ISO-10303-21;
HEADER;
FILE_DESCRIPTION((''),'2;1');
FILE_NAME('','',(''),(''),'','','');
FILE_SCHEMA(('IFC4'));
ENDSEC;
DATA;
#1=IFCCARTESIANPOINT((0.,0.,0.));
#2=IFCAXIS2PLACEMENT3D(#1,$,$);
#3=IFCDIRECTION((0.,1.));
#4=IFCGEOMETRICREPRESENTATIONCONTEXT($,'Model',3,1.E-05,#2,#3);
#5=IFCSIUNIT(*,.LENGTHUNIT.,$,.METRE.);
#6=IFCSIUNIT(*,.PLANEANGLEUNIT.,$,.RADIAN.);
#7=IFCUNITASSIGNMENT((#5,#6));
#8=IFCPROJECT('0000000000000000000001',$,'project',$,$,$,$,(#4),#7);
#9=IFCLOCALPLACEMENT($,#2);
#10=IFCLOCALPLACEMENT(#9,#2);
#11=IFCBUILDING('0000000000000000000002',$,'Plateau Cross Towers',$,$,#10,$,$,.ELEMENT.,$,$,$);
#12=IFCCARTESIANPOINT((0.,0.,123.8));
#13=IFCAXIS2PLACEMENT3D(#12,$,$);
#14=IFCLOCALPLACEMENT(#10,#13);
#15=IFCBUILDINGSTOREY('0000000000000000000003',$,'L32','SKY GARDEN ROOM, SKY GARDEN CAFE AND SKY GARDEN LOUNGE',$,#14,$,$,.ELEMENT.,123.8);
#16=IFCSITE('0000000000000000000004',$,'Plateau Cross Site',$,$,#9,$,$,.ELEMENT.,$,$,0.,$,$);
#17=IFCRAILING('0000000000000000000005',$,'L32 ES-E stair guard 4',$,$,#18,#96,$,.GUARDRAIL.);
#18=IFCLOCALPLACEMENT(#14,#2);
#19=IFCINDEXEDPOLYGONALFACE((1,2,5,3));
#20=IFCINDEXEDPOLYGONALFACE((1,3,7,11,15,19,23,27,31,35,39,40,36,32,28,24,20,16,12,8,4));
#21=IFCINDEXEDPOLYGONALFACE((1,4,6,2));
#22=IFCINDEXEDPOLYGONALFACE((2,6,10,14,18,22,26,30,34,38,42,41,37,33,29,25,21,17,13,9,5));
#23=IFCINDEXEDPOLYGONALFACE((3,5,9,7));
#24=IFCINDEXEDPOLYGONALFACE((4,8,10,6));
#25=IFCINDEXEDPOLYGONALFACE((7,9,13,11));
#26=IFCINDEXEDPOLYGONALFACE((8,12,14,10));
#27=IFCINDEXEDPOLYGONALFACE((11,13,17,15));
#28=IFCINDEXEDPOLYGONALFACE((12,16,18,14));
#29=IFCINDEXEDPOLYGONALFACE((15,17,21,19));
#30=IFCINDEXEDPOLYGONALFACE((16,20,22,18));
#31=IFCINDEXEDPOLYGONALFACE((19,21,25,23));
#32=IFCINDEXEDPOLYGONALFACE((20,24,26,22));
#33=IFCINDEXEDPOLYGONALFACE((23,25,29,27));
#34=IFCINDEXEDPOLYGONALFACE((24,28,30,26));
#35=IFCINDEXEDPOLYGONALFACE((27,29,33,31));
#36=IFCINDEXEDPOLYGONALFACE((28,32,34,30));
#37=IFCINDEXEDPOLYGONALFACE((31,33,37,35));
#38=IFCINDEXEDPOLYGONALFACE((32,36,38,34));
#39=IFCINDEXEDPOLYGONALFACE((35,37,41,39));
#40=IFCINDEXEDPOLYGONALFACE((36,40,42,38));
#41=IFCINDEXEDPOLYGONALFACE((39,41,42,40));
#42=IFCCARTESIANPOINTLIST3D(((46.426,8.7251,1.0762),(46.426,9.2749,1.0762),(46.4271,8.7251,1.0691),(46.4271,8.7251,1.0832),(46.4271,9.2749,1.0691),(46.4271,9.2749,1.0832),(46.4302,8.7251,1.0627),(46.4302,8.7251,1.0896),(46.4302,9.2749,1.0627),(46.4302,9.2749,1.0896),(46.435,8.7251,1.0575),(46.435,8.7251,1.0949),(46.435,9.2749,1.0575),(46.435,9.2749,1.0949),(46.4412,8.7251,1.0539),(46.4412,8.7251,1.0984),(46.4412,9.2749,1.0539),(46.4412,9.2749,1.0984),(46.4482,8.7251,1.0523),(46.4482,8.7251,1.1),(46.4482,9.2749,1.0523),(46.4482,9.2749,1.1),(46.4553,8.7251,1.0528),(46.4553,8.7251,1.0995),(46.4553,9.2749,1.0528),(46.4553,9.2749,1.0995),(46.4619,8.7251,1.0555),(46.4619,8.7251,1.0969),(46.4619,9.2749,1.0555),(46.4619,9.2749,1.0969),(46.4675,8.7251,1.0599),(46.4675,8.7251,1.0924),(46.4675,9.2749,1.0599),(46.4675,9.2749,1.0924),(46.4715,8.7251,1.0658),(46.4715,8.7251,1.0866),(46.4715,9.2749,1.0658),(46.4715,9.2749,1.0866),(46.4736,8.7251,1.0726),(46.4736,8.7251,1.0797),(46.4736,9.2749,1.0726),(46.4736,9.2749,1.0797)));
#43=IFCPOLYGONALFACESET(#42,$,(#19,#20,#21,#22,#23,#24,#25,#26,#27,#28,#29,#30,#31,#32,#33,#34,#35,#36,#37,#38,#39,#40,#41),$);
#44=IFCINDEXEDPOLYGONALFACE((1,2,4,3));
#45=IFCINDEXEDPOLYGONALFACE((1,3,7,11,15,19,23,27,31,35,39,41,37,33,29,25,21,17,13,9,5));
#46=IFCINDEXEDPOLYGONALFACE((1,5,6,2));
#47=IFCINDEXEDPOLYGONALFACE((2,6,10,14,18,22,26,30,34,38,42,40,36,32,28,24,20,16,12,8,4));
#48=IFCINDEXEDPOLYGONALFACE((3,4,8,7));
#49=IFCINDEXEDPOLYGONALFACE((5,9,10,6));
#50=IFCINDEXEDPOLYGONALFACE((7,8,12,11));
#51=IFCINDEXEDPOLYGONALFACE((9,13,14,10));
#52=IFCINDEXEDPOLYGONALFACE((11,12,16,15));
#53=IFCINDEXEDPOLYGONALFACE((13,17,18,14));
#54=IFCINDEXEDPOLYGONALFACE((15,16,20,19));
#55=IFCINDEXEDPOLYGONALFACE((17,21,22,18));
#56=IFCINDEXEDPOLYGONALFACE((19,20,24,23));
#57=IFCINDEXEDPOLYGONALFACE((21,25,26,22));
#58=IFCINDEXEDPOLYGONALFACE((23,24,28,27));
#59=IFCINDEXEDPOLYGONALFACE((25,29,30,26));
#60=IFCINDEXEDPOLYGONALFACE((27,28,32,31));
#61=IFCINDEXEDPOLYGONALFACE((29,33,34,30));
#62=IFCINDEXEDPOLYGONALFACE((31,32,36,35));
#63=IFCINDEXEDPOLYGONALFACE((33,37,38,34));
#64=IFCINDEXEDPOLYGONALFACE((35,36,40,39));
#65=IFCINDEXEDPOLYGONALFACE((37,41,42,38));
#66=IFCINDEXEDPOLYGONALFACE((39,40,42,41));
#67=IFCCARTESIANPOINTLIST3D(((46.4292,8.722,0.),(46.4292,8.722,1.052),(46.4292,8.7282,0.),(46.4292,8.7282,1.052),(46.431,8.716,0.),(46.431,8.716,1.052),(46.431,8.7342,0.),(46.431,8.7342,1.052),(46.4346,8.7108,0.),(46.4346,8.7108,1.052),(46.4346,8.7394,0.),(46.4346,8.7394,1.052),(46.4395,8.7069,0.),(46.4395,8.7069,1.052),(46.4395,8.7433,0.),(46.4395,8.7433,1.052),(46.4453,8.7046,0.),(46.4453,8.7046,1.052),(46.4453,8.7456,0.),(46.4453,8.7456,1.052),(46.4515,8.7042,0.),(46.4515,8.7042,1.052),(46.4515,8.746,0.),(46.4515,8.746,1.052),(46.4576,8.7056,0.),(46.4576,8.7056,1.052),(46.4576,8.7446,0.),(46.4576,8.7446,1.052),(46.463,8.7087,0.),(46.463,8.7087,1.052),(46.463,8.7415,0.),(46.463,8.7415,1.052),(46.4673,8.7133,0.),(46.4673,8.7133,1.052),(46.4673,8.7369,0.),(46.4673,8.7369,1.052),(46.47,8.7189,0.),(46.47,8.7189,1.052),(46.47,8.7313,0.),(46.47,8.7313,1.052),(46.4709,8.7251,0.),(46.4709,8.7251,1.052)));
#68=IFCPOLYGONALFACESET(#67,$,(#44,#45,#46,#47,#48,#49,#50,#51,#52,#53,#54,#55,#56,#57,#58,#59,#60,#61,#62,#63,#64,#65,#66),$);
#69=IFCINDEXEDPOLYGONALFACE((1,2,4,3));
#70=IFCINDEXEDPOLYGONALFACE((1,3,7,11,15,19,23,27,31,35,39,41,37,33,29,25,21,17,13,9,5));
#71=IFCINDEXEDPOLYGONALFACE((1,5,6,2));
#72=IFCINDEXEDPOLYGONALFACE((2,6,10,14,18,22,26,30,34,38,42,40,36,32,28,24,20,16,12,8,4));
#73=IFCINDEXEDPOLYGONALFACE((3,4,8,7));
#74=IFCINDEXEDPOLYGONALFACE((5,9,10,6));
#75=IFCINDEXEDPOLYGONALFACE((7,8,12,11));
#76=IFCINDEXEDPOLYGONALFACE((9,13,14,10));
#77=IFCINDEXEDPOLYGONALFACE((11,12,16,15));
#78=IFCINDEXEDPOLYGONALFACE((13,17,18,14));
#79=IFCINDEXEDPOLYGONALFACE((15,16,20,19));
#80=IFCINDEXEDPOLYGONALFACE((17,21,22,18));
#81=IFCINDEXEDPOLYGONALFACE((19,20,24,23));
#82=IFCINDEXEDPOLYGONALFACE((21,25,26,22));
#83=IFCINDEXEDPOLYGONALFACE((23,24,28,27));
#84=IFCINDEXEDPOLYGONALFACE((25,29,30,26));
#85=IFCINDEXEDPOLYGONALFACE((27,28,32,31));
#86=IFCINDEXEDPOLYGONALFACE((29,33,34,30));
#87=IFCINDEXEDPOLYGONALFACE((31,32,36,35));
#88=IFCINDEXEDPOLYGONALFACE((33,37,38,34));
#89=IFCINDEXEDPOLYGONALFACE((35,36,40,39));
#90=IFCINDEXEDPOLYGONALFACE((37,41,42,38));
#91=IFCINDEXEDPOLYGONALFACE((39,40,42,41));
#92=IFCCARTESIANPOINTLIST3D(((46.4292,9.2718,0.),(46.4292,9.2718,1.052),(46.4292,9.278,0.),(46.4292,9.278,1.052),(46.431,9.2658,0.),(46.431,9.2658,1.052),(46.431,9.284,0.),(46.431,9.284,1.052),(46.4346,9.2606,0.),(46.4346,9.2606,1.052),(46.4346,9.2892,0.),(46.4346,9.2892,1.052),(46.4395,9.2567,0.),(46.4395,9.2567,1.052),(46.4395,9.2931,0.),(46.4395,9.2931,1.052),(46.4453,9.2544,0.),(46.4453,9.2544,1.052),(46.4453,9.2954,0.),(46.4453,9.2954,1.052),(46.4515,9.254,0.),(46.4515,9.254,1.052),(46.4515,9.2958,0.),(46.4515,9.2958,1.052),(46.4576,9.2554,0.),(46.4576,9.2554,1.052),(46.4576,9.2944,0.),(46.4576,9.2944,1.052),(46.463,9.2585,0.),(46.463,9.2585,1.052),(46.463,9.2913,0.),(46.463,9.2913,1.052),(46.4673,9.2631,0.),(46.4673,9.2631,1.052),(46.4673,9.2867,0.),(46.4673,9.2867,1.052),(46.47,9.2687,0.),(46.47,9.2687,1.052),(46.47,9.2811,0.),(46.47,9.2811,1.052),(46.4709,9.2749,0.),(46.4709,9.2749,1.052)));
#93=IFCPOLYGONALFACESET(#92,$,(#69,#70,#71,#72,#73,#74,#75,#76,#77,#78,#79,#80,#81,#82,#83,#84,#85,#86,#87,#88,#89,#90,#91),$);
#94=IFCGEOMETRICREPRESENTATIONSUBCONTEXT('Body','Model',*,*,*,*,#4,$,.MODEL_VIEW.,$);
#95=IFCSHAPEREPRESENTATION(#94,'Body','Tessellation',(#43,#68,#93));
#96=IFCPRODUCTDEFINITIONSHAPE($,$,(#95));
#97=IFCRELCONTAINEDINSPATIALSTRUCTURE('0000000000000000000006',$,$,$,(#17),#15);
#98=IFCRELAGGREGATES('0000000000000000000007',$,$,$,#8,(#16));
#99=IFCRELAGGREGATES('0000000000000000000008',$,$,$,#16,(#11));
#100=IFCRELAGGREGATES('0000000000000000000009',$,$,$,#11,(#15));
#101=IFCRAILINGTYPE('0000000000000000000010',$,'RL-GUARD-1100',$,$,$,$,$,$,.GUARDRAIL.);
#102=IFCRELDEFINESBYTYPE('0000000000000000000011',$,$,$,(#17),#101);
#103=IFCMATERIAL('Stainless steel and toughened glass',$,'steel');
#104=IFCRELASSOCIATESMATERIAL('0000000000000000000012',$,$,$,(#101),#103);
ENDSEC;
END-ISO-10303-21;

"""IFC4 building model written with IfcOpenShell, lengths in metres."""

from ifc_helpers import new_model, si_unit, direction, frame, origin, origin_2d, place, context, subcontext, project, spatial, circle, extrude, material, type_object, element, save


model = new_model("IFC4")

# Units and contexts
model_context = context("Model", 3, precision=1e-05, world=origin(), true_north=direction((0.0, 1.0)))
body_context = subcontext(model_context, "Body", "Model", "MODEL_VIEW")
ifc_project = project(units=[si_unit("LENGTHUNIT", "METRE"), si_unit("PLANEANGLEUNIT", "RADIAN")], contexts=[model_context])

# Site, building, storey
site_placement = place(None, origin())
site = spatial("IfcSite", under=ifc_project, at=site_placement, Name="Plateau Cross Site", CompositionType="ELEMENT", RefElevation=0.0)
building_placement = place(site_placement, origin())
building = spatial("IfcBuilding", under=site, at=building_placement, Name="Plateau Cross Towers", CompositionType="ELEMENT")
storey_placement = place(building_placement, frame((0.0, 0.0, 123.8)))
storey = spatial("IfcBuildingStorey", under=building, at=storey_placement, Name="L32", Description="SKY GARDEN ROOM, SKY GARDEN CAFE AND SKY GARDEN LOUNGE", CompositionType="ELEMENT", Elevation=123.8)

# Railing
ifc_material_1 = material(Name="Stainless steel and toughened glass", Category="steel")
railing_type_1 = type_object("IfcRailingType", Name="RL-GUARD-1100", PredefinedType="GUARDRAIL", material=ifc_material_1)
for number, where, name in (
    (1, (46.45, 8.7251, 0.0), "L32 ES-E stair guard 4"),
):
    element("IfcRailing", number, at=place(storey_placement, frame(where)), inside=storey, type_object=railing_type_1, Name=name, PredefinedType="GUARDRAIL", context=body_context, shape_type="SweptSolid", body=[
        extrude(circle(Radius=0.0239, at=origin_2d()), frame((0.0, 0.0, 1.0762), z_axis=(0.0, 1.0, 0.0), x_axis=(-1.0, 0.0, 0.0)), (0.0, 0.0, 1.0), 0.5498),
        extrude(circle(Radius=0.021, at=origin_2d()), origin(), (0.0, 0.0, 1.0), 1.052),
        extrude(circle(Radius=0.021, at=origin_2d()), frame((0.0, 0.5498, 0.0)), (0.0, 0.0, 1.0), 1.052),
    ])

save(model, "model.ifc")
